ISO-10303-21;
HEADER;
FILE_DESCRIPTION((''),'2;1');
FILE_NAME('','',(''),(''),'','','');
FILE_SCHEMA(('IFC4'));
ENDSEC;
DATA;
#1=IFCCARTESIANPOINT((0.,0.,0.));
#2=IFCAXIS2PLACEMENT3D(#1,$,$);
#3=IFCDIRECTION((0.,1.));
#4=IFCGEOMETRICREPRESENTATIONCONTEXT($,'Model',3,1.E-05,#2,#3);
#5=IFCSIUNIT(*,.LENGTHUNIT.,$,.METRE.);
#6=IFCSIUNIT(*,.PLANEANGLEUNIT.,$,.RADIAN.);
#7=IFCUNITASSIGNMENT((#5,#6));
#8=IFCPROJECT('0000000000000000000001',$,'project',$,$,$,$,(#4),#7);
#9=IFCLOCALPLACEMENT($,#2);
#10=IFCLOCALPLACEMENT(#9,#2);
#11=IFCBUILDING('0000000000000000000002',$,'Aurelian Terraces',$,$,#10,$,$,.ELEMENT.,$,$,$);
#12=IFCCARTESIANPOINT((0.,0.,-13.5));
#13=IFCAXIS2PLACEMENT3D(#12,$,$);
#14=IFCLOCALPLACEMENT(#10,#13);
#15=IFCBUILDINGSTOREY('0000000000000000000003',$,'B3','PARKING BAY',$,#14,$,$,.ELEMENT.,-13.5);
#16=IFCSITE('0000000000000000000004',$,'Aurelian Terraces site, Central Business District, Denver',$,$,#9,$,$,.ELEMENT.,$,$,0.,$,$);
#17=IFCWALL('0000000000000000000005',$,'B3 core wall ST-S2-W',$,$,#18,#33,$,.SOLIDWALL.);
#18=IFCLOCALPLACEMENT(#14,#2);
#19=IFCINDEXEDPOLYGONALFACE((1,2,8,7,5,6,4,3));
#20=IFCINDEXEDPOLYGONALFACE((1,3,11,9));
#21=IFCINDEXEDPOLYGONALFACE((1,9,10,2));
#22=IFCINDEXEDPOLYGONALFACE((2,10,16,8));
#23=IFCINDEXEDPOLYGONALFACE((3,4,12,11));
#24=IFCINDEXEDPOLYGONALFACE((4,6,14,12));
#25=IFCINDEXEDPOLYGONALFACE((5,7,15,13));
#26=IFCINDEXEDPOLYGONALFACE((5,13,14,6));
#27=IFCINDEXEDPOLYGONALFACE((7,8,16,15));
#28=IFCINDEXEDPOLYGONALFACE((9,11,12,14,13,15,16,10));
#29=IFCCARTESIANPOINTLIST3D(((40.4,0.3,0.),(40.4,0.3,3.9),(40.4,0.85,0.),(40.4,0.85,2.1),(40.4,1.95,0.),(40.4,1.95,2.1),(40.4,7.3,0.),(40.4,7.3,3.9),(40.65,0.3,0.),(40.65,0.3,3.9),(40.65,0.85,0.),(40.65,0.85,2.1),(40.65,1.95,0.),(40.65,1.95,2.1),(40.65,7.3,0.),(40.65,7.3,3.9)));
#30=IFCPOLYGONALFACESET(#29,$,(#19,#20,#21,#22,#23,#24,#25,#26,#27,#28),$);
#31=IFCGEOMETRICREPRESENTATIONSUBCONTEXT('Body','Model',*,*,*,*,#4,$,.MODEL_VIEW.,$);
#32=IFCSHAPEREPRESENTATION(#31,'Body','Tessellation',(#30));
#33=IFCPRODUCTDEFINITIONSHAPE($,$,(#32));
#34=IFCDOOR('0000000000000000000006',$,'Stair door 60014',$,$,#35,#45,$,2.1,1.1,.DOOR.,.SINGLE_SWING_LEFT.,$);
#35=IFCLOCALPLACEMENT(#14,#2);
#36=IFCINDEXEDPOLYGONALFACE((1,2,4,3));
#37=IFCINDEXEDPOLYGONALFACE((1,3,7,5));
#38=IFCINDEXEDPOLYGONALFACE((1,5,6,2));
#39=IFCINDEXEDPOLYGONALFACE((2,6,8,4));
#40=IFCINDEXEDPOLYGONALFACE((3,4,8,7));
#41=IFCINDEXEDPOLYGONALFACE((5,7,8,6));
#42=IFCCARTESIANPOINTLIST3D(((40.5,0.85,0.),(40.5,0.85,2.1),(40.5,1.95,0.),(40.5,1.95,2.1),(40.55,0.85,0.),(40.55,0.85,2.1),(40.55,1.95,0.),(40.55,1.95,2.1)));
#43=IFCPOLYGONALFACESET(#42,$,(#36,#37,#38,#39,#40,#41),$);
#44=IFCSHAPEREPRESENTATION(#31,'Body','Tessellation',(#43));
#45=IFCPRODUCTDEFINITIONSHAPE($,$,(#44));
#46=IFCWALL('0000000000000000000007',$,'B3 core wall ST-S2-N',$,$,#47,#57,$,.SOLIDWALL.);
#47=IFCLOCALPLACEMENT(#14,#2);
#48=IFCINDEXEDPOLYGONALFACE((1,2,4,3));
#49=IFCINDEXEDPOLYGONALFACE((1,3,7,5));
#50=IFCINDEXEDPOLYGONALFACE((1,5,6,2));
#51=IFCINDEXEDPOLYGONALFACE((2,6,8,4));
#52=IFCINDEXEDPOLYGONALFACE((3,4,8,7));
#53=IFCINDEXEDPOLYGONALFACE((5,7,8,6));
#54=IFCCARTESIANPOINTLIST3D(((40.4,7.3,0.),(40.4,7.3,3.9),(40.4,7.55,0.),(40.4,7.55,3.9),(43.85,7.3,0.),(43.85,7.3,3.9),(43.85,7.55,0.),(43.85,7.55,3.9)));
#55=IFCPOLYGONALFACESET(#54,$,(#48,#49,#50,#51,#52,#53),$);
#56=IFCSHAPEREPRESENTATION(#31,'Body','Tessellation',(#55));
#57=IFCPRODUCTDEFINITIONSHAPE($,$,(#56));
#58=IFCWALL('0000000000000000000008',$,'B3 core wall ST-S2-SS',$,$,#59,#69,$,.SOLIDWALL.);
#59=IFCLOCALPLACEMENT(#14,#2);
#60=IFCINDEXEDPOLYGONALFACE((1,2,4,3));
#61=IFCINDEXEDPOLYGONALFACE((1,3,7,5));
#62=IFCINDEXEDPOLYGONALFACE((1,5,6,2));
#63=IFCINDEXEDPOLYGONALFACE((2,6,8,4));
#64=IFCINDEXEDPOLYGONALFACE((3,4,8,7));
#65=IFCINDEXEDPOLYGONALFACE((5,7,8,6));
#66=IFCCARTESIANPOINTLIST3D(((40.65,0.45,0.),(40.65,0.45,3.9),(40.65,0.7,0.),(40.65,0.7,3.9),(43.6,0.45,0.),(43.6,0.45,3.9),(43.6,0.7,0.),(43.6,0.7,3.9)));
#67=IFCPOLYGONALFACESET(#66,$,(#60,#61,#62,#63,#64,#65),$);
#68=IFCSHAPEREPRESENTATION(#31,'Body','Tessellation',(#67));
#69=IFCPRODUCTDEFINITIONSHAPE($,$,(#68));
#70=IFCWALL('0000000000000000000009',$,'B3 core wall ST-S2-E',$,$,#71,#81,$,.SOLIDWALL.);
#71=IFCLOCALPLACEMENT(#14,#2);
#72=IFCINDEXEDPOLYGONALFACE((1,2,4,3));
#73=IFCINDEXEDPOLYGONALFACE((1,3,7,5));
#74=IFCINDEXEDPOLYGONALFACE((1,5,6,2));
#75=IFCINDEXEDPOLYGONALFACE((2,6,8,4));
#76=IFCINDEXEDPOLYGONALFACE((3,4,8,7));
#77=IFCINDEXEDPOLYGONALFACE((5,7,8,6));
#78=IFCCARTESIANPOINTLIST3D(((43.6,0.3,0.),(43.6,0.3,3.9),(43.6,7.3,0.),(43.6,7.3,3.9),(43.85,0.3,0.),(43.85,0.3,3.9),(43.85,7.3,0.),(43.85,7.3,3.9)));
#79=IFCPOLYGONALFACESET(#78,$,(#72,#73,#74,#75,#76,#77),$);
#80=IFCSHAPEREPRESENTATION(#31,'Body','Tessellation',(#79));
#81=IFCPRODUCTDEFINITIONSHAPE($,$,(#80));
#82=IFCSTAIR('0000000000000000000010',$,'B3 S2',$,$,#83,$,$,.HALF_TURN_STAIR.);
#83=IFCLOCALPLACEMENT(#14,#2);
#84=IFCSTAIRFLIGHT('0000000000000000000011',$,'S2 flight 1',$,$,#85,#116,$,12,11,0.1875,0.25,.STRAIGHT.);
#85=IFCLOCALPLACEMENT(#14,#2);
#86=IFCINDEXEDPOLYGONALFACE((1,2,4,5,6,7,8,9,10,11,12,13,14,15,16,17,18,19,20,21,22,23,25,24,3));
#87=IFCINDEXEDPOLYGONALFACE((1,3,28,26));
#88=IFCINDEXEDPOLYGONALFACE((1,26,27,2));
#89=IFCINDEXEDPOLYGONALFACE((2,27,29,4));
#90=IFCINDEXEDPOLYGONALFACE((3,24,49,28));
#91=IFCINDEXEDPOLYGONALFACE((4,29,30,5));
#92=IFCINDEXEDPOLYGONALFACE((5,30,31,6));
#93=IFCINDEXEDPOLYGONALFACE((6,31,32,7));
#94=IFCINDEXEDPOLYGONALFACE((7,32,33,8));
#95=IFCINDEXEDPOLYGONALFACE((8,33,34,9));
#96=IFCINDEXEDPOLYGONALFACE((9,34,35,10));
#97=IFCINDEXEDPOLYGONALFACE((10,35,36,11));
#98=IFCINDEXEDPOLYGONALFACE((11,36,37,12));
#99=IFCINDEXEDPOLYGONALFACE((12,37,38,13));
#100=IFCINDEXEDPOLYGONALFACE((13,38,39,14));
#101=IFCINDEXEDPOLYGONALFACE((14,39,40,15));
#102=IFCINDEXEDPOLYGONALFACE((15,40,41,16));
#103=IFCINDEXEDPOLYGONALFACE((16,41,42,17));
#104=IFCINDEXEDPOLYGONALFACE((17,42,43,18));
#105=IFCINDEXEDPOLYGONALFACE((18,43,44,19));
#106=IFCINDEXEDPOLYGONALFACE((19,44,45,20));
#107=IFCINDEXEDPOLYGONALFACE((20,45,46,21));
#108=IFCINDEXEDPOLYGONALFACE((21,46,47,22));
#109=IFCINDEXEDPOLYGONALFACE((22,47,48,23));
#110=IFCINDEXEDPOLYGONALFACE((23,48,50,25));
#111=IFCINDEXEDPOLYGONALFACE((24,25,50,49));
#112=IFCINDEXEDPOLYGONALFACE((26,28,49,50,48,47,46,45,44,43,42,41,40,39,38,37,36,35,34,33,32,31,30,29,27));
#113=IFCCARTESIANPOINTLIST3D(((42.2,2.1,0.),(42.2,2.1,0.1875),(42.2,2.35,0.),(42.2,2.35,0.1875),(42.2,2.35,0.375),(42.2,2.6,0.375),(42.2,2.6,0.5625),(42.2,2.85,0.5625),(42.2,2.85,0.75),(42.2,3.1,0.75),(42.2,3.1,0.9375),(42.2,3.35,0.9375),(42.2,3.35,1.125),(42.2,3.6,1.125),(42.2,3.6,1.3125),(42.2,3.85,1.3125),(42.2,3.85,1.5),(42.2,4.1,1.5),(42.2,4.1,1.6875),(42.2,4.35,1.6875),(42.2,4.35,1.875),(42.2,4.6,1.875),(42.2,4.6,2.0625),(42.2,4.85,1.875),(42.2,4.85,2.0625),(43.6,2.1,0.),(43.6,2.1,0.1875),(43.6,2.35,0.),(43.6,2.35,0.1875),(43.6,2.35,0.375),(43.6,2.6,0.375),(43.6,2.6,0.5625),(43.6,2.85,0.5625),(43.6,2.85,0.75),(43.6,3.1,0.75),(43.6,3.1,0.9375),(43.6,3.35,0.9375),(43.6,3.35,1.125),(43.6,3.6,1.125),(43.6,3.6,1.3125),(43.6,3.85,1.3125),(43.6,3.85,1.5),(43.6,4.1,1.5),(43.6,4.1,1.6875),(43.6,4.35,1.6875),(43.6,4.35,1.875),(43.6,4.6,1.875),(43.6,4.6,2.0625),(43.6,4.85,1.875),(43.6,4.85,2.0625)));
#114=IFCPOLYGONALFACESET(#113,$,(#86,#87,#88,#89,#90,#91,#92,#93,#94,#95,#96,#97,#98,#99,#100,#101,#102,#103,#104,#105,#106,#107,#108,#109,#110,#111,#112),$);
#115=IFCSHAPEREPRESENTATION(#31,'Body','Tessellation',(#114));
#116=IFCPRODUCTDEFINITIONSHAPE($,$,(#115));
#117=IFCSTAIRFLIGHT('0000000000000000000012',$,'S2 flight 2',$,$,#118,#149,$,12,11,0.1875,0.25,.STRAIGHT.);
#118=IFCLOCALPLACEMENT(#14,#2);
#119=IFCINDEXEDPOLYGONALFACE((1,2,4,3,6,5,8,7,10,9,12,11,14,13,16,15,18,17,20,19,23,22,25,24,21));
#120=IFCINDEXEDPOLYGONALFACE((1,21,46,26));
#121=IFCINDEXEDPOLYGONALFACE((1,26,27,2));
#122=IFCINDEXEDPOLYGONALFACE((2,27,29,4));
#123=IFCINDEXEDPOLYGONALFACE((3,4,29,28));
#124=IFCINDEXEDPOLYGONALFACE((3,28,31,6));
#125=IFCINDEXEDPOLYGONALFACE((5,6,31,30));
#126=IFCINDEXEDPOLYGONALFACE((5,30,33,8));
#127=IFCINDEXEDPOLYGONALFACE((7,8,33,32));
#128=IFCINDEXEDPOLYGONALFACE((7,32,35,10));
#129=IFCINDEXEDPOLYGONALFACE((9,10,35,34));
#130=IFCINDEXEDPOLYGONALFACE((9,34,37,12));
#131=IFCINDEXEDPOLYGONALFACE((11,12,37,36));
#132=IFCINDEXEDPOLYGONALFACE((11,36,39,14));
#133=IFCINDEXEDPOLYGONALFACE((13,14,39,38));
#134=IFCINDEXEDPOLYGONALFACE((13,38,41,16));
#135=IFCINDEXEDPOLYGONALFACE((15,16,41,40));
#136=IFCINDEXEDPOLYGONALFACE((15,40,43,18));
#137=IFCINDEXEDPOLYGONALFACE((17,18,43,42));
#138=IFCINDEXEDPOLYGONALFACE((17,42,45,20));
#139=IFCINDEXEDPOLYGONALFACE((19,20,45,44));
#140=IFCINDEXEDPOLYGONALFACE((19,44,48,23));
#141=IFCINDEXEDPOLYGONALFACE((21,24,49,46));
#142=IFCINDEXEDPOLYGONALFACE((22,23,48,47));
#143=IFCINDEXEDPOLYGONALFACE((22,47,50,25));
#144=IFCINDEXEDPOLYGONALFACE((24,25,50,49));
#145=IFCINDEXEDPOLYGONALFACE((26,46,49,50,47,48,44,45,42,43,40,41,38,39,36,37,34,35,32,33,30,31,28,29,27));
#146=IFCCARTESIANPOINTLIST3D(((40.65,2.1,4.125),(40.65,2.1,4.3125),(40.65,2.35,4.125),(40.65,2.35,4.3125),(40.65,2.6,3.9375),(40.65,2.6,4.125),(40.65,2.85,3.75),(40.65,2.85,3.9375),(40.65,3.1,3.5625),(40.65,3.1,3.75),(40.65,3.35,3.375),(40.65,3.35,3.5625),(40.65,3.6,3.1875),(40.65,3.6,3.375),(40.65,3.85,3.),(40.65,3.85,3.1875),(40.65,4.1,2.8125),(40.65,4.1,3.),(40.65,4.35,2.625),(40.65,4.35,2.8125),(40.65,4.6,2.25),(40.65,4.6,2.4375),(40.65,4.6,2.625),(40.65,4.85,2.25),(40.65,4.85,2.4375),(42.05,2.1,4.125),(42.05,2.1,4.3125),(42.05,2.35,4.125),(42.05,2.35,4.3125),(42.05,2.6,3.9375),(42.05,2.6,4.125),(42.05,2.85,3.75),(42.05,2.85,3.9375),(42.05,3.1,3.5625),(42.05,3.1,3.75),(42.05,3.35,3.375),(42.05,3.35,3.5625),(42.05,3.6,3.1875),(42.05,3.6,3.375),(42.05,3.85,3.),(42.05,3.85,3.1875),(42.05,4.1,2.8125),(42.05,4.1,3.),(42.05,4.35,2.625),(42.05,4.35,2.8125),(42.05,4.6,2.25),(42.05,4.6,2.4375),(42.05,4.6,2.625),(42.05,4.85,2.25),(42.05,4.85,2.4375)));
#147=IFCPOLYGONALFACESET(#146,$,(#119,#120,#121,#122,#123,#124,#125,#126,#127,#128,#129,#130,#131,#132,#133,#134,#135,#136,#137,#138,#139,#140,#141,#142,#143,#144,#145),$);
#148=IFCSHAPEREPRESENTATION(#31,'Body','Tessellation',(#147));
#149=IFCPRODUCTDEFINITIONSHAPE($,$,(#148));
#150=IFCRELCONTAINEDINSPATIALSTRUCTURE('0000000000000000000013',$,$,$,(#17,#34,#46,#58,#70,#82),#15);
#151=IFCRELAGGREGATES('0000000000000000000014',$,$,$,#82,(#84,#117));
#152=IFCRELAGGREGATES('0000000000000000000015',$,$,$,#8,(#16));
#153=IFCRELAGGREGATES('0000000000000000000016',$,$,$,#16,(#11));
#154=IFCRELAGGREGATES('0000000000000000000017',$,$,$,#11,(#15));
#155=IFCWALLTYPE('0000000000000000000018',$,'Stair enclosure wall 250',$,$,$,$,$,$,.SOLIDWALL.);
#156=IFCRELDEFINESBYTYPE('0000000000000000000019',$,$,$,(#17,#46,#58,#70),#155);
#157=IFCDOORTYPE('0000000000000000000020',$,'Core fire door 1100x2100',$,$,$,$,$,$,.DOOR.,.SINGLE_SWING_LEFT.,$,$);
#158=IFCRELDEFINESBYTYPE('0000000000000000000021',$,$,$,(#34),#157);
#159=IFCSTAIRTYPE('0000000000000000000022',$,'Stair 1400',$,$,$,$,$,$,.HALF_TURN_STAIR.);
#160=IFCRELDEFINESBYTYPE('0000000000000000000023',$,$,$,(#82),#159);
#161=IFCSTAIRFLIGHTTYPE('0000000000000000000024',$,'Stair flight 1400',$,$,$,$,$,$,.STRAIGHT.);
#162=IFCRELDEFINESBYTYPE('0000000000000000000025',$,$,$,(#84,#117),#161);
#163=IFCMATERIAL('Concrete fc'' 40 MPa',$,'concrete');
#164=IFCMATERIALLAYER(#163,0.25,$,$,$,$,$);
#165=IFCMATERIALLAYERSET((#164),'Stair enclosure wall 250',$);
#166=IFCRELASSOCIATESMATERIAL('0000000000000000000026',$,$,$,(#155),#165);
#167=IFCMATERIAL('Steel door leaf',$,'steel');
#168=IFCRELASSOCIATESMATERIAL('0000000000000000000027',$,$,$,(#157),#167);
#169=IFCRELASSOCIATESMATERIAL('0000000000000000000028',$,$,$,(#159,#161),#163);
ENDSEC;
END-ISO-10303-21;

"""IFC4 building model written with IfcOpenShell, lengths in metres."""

from ifc_helpers import new_model, si_unit, direction, frame, frame_2d, origin, place, context, subcontext, project, spatial, polyline, rectangle, outline, extrude, source, transform, mapped, material, layer, layer_set, type_object, element, fill, aggregate, save


model = new_model("IFC4")

# Units and contexts
model_context = context("Model", 3, precision=1e-05, world=origin(), true_north=direction((0.0, 1.0)))
body_context = subcontext(model_context, "Body", "Model", "MODEL_VIEW")
ifc_project = project(units=[si_unit("LENGTHUNIT", "METRE"), si_unit("PLANEANGLEUNIT", "RADIAN")], contexts=[model_context])

# Site, building, storey
site_placement = place(None, origin())
site = spatial("IfcSite", under=ifc_project, at=site_placement, Name="Aurelian Terraces site, Central Business District, Denver", CompositionType="ELEMENT", RefElevation=0.0)
building_placement = place(site_placement, origin())
building = spatial("IfcBuilding", under=site, at=building_placement, Name="Aurelian Terraces", CompositionType="ELEMENT")
storey_placement = place(building_placement, frame((0.0, 0.0, -13.5)))
storey = spatial("IfcBuildingStorey", under=building, at=storey_placement, Name="B3", Description="PARKING BAY", CompositionType="ELEMENT", Elevation=-13.5)

# Wall, opening, door
ifc_material_1 = material(Name="Concrete fc' 40 MPa", Category="concrete")
ifc_layer_1 = layer(ifc_material_1, 0.25)
ifc_layer_set_1 = layer_set([ifc_layer_1], Name="Stair enclosure wall 250")
wall_type_1 = type_object("IfcWallType", Name="Stair enclosure wall 250", PredefinedType="SOLIDWALL", material=ifc_layer_set_1)
wall_1_placement = place(storey_placement, frame((40.525, 0.3, 0.0), z_axis=(0.0, 0.0, 1.0), x_axis=(0.0, 1.0, 0.0)))
wall_1 = element("IfcWall", 1, at=wall_1_placement, inside=storey, type_object=wall_type_1, Name="B3 core wall ST-S2-W", PredefinedType="SOLIDWALL", context=body_context, shape_type="SweptSolid", body=[
    extrude(rectangle(XDim=7.0, YDim=0.25, at=frame_2d((3.5, 0.0))), origin(), (0.0, 0.0, 1.0), 3.9),
])
shared_shape_1 = source(origin(), body_context, "Body", "SweptSolid", [
    extrude(rectangle(XDim=1.1, YDim=2.1, at=frame_2d((0.55, 1.05))), frame((0.0, 0.135, 0.0), z_axis=(0.0, -1.0, 0.0), x_axis=(1.0, 0.0, 0.0)), (0.0, 0.0, 1.0), 0.27),
])
opening_placement = place(wall_1_placement, frame((0.55, 0.0, 0.0)))
opening = element("IfcOpeningElement", 2, at=opening_placement, cuts=wall_1, PredefinedType="OPENING", context=body_context, shape_type="MappedRepresentation", body=[
    mapped(shared_shape_1, transform((0.0, 0.0, 0.0), scale=1.0)),
])
ifc_material_2 = material(Name="Steel door leaf", Category="steel")
door_type = type_object("IfcDoorType", Name="Core fire door 1100x2100", OperationType="SINGLE_SWING_LEFT", PredefinedType="DOOR", material=ifc_material_2)
shared_shape_2 = source(origin(), body_context, "Body", "SweptSolid", [
    extrude(rectangle(XDim=1.1, YDim=2.1, at=frame_2d((0.55, 1.05))), frame((0.0, 0.025, 0.0), z_axis=(0.0, -1.0, 0.0), x_axis=(1.0, 0.0, 0.0)), (0.0, 0.0, 1.0), 0.05),
])
door_placement = place(opening_placement, origin())
door = element("IfcDoor", 3, at=door_placement, inside=storey, type_object=door_type, Name="Stair door 60014", OperationType="SINGLE_SWING_LEFT", OverallHeight=2.1, OverallWidth=1.1, PredefinedType="DOOR", context=body_context, shape_type="MappedRepresentation", body=[
    mapped(shared_shape_2, transform((0.0, 0.0, 0.0), scale=1.0)),
])
fill(opening, door)

# Walls
wall_2_placement = place(storey_placement, frame((40.4, 7.425, 0.0), z_axis=(0.0, 0.0, 1.0), x_axis=(1.0, 0.0, 0.0)))
element("IfcWall", 4, at=wall_2_placement, inside=storey, type_object=wall_type_1, Name="B3 core wall ST-S2-N", PredefinedType="SOLIDWALL", context=body_context, shape_type="SweptSolid", body=[
    extrude(rectangle(XDim=3.45, YDim=0.25, at=frame_2d((1.725, 0.0))), origin(), (0.0, 0.0, 1.0), 3.9),
])
wall_3_placement = place(storey_placement, frame((40.65, 0.575, 0.0), z_axis=(0.0, 0.0, 1.0), x_axis=(1.0, 0.0, 0.0)))
element("IfcWall", 5, at=wall_3_placement, inside=storey, type_object=wall_type_1, Name="B3 core wall ST-S2-SS", PredefinedType="SOLIDWALL", context=body_context, shape_type="SweptSolid", body=[
    extrude(rectangle(XDim=2.95, YDim=0.25, at=frame_2d((1.475, 0.0))), origin(), (0.0, 0.0, 1.0), 3.9),
])
shared_shape_3 = source(origin(), body_context, "Body", "SweptSolid", [
    extrude(rectangle(XDim=7.0, YDim=0.25, at=frame_2d((3.5, 0.0))), origin(), (0.0, 0.0, 1.0), 3.9),
])
wall_4_placement = place(storey_placement, frame((43.725, 0.3, 0.0), z_axis=(0.0, 0.0, 1.0), x_axis=(0.0, 1.0, 0.0)))
element("IfcWall", 6, at=wall_4_placement, inside=storey, type_object=wall_type_1, Name="B3 core wall ST-S2-E", PredefinedType="SOLIDWALL", context=body_context, shape_type="MappedRepresentation", body=[
    mapped(shared_shape_3, transform((0.0, 0.0, 0.0), scale=1.0)),
])

# Stair, stair flights
stair_type = type_object("IfcStairType", Name="Stair 1400", PredefinedType="HALF_TURN_STAIR", material=ifc_material_1)
stair_placement = place(storey_placement, origin())
stair = element("IfcStair", 7, at=stair_placement, inside=storey, type_object=stair_type, Name="B3 S2", PredefinedType="HALF_TURN_STAIR")
stair_flight_type = type_object("IfcStairFlightType", Name="Stair flight 1400", PredefinedType="STRAIGHT", material=ifc_material_1)
shared_shape_4 = source(origin(), body_context, "Body", "SweptSolid", [
    extrude(outline(polyline([(0.0, 0.0), (0.0, 0.1875), (0.25, 0.1875), (0.25, 0.375), (0.5, 0.375), (0.5, 0.5625), (0.75, 0.5625), (0.75, 0.75), (1.0, 0.75), (1.0, 0.9375), (1.25, 0.9375), (1.25, 1.125), (1.5, 1.125), (1.5, 1.3125), (1.75, 1.3125), (1.75, 1.5), (2.0, 1.5), (2.0, 1.6875), (2.25, 1.6875), (2.25, 1.875), (2.5, 1.875), (2.5, 2.0625), (2.75, 2.0625), (2.75, 2.25), (2.75, 1.875), (0.25, 0.0), (0.0, 0.0)])), frame((0.0, 0.7, 0.0), z_axis=(0.0, -1.0, 0.0), x_axis=(1.0, 0.0, 0.0)), (0.0, 0.0, 1.0), 1.4),
])
stair_flight_1_placement = place(storey_placement, frame((42.9, 2.1, 0.0), z_axis=(0.0, 0.0, 1.0), x_axis=(0.0, 1.0, 0.0)))
stair_flight_1 = element("IfcStairFlight", 8, at=stair_flight_1_placement, type_object=stair_flight_type, Name="S2 flight 1", NumberOfRisers=12, NumberOfTreads=11, PredefinedType="STRAIGHT", RiserHeight=0.1875, TreadLength=0.25, context=body_context, shape_type="MappedRepresentation", body=[
    mapped(shared_shape_4, transform((0.0, 0.0, 0.0), scale=1.0)),
])
stair_flight_2_placement = place(storey_placement, frame((41.35, 4.85, 2.25), z_axis=(0.0, 0.0, 1.0), x_axis=(0.0, -1.0, 0.0)))
stair_flight_2 = element("IfcStairFlight", 9, at=stair_flight_2_placement, type_object=stair_flight_type, Name="S2 flight 2", NumberOfRisers=12, NumberOfTreads=11, PredefinedType="STRAIGHT", RiserHeight=0.1875, TreadLength=0.25, context=body_context, shape_type="MappedRepresentation", body=[
    mapped(shared_shape_4, transform((0.0, 0.0, 0.0), scale=1.0)),
])
aggregate(stair, [stair_flight_1, stair_flight_2])

save(model, "model.ifc")
